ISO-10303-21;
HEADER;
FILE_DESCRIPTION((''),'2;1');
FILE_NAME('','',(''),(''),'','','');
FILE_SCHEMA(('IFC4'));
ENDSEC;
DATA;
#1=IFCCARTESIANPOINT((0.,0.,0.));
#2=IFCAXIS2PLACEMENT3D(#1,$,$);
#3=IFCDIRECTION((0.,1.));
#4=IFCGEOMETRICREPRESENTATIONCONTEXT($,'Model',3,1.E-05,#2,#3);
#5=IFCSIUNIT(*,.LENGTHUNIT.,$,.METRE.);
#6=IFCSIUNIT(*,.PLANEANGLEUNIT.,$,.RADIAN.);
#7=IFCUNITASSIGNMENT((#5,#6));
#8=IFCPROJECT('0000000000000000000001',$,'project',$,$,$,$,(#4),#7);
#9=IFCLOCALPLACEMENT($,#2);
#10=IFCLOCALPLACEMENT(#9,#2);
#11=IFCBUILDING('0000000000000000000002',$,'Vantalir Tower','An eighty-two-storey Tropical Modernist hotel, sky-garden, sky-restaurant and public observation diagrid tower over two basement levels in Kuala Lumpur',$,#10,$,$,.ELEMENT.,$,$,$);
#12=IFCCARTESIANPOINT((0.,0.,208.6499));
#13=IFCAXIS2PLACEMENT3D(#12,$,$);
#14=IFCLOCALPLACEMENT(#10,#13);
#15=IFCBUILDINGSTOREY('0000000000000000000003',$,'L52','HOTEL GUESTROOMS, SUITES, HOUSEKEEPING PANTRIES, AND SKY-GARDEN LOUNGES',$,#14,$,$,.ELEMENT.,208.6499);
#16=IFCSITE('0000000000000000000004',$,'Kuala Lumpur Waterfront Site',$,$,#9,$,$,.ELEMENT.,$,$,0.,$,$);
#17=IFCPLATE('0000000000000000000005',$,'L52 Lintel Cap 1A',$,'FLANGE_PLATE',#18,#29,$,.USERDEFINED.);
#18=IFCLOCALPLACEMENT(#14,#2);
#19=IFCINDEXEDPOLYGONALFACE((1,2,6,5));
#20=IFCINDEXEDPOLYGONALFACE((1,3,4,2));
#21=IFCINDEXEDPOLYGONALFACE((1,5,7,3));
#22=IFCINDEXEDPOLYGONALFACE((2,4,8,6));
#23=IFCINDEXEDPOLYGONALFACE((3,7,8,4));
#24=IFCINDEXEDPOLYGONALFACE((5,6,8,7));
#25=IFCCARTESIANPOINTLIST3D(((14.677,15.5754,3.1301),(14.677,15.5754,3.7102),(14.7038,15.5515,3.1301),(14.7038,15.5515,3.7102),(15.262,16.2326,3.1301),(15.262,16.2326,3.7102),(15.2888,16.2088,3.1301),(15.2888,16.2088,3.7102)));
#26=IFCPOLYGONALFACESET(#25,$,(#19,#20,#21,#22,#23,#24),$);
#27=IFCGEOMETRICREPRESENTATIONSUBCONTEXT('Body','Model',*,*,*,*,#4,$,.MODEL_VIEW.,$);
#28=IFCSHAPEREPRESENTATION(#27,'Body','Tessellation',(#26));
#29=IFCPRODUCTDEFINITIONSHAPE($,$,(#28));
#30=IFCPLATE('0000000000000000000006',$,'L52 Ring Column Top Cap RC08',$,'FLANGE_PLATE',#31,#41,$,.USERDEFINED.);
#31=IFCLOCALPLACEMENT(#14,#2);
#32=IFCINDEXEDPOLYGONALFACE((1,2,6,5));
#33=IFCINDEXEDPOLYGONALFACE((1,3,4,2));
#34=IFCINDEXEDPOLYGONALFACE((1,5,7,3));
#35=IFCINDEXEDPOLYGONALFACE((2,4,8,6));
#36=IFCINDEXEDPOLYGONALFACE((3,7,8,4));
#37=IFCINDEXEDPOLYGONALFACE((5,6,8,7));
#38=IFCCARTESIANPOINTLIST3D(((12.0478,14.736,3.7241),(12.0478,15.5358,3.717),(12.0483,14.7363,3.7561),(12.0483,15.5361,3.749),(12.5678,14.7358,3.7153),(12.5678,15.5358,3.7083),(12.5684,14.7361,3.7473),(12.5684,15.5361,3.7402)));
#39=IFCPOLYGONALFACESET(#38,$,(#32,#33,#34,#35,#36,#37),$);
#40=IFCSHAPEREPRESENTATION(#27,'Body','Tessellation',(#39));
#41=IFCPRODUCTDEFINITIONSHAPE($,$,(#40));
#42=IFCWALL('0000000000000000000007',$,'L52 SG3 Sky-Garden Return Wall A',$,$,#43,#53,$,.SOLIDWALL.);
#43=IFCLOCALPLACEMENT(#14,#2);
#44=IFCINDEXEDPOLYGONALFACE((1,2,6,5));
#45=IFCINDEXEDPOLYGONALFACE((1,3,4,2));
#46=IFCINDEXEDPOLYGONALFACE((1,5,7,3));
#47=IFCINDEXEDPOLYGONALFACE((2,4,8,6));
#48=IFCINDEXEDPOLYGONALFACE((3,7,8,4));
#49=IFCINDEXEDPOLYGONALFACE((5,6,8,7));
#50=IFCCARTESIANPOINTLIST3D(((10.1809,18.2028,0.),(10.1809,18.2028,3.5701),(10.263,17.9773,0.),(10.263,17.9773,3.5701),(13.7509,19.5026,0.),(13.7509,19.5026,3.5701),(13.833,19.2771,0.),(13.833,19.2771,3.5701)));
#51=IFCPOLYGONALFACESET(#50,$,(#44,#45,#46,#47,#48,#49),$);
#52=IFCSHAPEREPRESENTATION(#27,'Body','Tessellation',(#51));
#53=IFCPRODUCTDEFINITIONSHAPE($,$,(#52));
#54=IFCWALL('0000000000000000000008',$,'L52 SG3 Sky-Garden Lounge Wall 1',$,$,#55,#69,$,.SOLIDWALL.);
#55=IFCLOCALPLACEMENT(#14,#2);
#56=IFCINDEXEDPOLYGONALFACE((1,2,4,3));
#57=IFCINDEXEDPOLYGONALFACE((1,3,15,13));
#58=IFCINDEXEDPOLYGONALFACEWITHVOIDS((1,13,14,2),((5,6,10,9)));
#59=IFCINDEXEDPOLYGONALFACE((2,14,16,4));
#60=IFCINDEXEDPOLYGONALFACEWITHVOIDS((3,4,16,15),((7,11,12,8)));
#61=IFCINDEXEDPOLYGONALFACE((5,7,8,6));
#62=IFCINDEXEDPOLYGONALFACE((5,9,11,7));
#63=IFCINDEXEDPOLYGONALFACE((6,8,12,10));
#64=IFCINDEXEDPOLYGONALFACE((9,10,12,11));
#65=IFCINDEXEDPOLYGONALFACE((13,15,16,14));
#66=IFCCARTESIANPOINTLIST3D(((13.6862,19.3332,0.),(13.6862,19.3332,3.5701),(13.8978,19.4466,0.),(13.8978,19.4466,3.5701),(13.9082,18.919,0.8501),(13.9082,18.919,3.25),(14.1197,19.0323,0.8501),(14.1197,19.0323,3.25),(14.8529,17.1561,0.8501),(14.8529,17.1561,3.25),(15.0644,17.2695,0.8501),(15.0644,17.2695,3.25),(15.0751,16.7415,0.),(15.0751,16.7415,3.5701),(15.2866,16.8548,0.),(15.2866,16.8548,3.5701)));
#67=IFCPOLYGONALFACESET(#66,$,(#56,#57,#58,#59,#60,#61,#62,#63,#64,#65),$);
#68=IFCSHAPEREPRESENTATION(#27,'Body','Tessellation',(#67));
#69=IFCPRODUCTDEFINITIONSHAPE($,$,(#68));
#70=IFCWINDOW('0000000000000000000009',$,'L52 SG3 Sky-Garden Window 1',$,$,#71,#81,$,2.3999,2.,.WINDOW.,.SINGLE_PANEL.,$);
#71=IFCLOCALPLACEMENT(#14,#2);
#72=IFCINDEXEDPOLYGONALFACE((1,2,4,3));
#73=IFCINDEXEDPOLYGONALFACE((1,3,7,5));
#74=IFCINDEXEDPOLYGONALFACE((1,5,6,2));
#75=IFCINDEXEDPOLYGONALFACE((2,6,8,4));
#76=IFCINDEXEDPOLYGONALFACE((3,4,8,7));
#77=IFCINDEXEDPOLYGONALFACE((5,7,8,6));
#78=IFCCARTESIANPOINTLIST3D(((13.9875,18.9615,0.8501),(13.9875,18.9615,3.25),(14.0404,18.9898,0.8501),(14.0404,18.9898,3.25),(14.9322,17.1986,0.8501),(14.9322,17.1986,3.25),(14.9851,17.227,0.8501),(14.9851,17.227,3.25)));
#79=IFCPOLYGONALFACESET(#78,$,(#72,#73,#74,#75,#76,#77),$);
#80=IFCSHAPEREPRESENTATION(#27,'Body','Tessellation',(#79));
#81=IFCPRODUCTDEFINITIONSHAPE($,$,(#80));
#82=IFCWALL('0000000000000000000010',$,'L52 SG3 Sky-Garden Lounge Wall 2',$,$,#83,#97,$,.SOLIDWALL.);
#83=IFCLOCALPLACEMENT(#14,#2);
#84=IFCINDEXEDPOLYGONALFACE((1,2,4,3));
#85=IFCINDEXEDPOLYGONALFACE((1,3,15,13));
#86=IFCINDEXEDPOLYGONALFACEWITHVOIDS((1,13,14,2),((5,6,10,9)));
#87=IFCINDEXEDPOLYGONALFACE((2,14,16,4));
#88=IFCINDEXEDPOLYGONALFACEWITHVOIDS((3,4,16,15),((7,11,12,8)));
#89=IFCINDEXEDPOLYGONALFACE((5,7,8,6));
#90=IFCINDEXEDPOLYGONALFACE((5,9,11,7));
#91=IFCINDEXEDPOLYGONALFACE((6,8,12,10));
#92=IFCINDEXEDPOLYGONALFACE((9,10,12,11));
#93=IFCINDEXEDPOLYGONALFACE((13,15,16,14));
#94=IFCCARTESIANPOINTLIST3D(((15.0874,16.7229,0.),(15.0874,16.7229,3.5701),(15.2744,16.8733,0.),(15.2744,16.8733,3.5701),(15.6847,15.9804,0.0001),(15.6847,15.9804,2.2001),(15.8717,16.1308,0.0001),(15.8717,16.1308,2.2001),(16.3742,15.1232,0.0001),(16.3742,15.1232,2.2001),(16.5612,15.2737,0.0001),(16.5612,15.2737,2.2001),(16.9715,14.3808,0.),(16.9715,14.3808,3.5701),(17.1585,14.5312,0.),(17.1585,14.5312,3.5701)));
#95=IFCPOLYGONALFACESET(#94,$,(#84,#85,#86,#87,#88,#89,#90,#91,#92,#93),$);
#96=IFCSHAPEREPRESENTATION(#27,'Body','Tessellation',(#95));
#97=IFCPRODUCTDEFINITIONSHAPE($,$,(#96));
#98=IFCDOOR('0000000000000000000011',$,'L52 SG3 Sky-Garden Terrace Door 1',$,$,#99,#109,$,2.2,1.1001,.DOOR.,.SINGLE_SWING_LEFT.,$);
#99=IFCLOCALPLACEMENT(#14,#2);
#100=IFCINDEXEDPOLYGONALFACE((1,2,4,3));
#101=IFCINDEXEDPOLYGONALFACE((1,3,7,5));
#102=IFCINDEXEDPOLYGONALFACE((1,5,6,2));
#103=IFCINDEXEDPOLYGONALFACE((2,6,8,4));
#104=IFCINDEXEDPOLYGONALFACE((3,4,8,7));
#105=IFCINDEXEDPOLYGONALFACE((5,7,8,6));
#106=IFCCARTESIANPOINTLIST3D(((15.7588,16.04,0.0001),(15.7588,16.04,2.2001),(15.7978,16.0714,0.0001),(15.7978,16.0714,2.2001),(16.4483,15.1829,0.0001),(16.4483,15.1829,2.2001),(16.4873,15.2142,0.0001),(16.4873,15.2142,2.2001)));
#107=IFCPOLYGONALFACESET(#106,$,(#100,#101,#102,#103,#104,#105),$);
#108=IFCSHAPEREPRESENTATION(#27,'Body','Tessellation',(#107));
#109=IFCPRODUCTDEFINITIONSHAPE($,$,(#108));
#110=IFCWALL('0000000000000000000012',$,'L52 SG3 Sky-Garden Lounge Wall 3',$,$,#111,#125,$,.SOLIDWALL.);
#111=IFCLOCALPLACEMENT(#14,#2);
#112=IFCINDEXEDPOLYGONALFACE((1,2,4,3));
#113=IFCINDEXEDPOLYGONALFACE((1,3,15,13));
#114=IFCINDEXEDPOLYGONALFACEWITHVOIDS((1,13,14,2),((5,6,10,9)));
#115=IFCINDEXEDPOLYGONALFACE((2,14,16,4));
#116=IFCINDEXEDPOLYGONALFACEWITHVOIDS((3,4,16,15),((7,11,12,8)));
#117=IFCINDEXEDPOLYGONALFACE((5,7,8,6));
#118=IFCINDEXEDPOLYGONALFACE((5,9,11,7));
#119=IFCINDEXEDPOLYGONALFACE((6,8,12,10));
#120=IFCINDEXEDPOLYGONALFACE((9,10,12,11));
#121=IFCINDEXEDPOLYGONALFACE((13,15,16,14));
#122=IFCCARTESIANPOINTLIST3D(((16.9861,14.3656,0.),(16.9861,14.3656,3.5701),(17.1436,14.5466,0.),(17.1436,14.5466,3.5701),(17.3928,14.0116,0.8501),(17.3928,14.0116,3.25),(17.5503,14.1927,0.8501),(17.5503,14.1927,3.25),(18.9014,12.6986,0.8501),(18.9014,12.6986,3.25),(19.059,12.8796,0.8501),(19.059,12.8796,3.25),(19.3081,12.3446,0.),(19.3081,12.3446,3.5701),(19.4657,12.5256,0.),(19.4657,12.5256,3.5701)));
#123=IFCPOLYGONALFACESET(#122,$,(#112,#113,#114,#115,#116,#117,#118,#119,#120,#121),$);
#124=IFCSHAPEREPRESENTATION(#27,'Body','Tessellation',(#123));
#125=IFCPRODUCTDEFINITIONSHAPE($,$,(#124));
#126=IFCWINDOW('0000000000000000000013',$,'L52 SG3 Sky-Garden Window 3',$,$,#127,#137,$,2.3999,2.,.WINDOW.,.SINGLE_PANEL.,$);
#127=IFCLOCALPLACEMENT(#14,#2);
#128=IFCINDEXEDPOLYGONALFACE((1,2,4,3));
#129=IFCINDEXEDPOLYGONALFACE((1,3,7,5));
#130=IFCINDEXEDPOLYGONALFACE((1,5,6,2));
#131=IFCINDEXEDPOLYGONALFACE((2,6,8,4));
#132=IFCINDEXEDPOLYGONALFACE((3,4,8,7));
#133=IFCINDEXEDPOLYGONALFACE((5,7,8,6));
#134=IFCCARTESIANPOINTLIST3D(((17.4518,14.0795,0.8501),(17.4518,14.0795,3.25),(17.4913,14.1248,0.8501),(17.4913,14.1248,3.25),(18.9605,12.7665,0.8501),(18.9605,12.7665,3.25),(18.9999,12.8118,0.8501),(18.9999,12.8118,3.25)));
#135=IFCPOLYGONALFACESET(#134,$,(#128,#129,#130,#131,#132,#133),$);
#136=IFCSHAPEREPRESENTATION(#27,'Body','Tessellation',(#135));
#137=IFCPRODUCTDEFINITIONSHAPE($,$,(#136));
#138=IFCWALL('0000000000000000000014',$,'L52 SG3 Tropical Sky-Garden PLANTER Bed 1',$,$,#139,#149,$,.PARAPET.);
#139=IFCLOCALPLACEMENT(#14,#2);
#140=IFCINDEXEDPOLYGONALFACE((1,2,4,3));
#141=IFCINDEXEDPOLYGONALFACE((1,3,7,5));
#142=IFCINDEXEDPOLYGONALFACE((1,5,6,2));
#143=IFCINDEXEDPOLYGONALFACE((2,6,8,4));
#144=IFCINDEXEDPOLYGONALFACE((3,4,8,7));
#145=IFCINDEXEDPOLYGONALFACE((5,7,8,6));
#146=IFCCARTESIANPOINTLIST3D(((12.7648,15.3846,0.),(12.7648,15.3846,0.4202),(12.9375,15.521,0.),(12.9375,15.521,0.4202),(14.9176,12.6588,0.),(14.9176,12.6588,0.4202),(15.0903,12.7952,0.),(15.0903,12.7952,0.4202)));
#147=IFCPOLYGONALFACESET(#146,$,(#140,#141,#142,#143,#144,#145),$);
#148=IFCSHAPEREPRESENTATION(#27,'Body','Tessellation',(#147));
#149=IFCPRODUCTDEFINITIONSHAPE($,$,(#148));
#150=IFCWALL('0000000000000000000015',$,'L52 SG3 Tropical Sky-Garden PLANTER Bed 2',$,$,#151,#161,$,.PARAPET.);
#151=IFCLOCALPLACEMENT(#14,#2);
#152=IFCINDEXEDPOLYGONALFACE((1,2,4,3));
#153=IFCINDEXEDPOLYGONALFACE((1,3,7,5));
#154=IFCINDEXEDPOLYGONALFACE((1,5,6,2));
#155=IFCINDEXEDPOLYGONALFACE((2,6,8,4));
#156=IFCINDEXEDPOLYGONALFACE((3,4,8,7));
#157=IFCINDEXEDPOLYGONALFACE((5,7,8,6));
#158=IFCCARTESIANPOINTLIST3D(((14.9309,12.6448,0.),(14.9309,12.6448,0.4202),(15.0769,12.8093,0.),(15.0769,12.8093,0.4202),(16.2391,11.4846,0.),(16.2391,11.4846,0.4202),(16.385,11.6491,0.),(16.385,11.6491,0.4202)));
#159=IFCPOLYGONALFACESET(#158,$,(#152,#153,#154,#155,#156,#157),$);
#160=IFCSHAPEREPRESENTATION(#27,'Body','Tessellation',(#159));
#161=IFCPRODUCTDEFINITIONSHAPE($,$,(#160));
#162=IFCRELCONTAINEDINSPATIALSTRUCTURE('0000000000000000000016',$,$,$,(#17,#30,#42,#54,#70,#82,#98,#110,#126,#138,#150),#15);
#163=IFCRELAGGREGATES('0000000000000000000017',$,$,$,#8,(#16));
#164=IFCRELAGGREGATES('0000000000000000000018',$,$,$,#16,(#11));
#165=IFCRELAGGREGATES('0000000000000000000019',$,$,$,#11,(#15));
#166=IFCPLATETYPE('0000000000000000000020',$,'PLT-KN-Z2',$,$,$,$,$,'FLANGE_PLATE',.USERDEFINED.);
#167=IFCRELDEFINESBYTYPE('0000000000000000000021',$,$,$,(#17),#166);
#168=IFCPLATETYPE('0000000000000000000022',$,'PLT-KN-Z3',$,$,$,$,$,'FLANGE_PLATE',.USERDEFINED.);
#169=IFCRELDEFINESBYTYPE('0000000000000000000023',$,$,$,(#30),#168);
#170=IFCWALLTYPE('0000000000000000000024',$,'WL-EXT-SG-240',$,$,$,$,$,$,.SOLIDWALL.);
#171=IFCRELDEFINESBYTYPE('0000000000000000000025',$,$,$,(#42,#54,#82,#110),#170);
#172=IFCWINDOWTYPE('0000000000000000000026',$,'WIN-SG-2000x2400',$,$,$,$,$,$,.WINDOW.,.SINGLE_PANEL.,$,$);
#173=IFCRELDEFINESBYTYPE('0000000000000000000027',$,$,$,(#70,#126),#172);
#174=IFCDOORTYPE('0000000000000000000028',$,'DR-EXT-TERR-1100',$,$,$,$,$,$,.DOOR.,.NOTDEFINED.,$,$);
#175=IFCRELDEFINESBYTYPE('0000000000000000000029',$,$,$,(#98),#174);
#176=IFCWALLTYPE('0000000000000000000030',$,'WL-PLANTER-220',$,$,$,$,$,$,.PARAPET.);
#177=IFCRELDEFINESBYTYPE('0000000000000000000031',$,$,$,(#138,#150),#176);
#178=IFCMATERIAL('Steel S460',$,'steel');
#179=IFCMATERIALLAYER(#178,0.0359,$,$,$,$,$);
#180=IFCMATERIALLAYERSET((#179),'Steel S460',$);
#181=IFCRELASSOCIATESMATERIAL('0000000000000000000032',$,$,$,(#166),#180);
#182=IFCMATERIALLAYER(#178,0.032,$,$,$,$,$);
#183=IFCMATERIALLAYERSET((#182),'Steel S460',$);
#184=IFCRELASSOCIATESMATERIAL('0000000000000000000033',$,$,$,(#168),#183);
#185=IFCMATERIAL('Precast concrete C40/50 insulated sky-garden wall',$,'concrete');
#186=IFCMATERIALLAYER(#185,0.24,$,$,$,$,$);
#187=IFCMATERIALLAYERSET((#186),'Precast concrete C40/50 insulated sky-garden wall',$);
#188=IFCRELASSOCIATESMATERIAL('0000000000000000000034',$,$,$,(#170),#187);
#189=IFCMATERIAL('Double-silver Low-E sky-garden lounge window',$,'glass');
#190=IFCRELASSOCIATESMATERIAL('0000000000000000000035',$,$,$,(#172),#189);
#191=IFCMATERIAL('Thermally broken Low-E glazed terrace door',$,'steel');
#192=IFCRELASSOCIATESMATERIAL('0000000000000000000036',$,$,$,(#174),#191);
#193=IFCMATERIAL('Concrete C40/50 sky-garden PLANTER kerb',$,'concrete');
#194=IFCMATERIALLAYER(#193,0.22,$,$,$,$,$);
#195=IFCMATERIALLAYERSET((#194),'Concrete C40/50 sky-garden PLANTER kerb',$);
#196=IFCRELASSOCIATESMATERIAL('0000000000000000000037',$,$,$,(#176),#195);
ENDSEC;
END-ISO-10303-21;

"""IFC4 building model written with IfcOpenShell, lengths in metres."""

from ifc_helpers import new_model, si_unit, direction, frame, frame_2d, origin, origin_2d, place, context, subcontext, project, spatial, polyline, rectangle, outline, extrude, material, layer, layer_set, type_object, element, fill, save


model = new_model("IFC4")

# Units and contexts
model_context = context("Model", 3, precision=1e-05, world=origin(), true_north=direction((0.0, 1.0)))
body_context = subcontext(model_context, "Body", "Model", "MODEL_VIEW")
ifc_project = project(units=[si_unit("LENGTHUNIT", "METRE"), si_unit("PLANEANGLEUNIT", "RADIAN")], contexts=[model_context])

# Site, building, storey
site_placement = place(None, origin())
site = spatial("IfcSite", under=ifc_project, at=site_placement, Name="Kuala Lumpur Waterfront Site", CompositionType="ELEMENT", RefElevation=0.0)
building_placement = place(site_placement, origin())
building = spatial("IfcBuilding", under=site, at=building_placement, Name="Vantalir Tower", Description="An eighty-two-storey Tropical Modernist hotel, sky-garden, sky-restaurant and public observation diagrid tower over two basement levels in Kuala Lumpur", CompositionType="ELEMENT")
storey_placement = place(building_placement, frame((0.0, 0.0, 208.6499)))
storey = spatial("IfcBuildingStorey", under=building, at=storey_placement, Name="L52", Description="HOTEL GUESTROOMS, SUITES, HOUSEKEEPING PANTRIES, AND SKY-GARDEN LOUNGES", CompositionType="ELEMENT", Elevation=208.6499)

# Shared definitions
ifc_material_1 = material(Name="Steel S460", Category="steel")

# Plates
ifc_layer_1 = layer(ifc_material_1, 0.0359)
ifc_layer_set_1 = layer_set([ifc_layer_1], Name="Steel S460")
plate_type_1 = type_object("IfcPlateType", Name="PLT-KN-Z2", ElementType="FLANGE_PLATE", PredefinedType="USERDEFINED", material=ifc_layer_set_1)
plate_1_placement = place(storey_placement, frame((14.9829, 15.8921, 3.1301), z_axis=(0.0, 0.0, 1.0), x_axis=(0.74694, -0.664891, 0.0)))
element("IfcPlate", 1, at=plate_1_placement, inside=storey, type_object=plate_type_1, Name="L52 Lintel Cap 1A", ObjectType="FLANGE_PLATE", PredefinedType="USERDEFINED", context=body_context, shape_type="SweptSolid", body=[
    extrude(rectangle(XDim=0.0359, YDim=0.8799, at=origin_2d()), origin(), (0.0, 0.0, 1.0), 0.5801),
])
ifc_layer_2 = layer(ifc_material_1, 0.032)
ifc_layer_set_2 = layer_set([ifc_layer_2], Name="Steel S460")
plate_type_2 = type_object("IfcPlateType", Name="PLT-KN-Z3", ElementType="FLANGE_PLATE", PredefinedType="USERDEFINED", material=ifc_layer_set_2)
plate_2_placement = place(storey_placement, frame((12.0483, 15.5361, 3.749), z_axis=(0.0169, 0.008849, 0.999818), x_axis=(0.0, -0.999961, 0.008851)))
element("IfcPlate", 2, at=plate_2_placement, inside=storey, type_object=plate_type_2, Name="L52 Ring Column Top Cap RC08", ObjectType="FLANGE_PLATE", PredefinedType="USERDEFINED", context=body_context, shape_type="SweptSolid", body=[
    extrude(outline(polyline([(0.0, 0.0), (0.7998, 0.0), (0.8, 0.5201), (-0.0001, 0.5201), (0.0, 0.0)])), origin(), (0.0, 0.0, -1.0), 0.032),
])

# Wall
ifc_material_2 = material(Name="Precast concrete C40/50 insulated sky-garden wall", Category="concrete")
ifc_layer_3 = layer(ifc_material_2, 0.24)
ifc_layer_set_3 = layer_set([ifc_layer_3], Name="Precast concrete C40/50 insulated sky-garden wall")
wall_type_1 = type_object("IfcWallType", Name="WL-EXT-SG-240", PredefinedType="SOLIDWALL", material=ifc_layer_set_3)
wall_1_placement = place(storey_placement, frame((10.2219, 18.0901, 0.0), z_axis=(0.0, 0.0, 1.0), x_axis=(0.939658, 0.342115, 0.0)))
element("IfcWall", 3, at=wall_1_placement, inside=storey, type_object=wall_type_1, Name="L52 SG3 Sky-Garden Return Wall A", PredefinedType="SOLIDWALL", context=body_context, shape_type="SweptSolid", body=[
    extrude(rectangle(XDim=3.7993, YDim=0.24, at=frame_2d((1.8997, 0.0))), origin(), (0.0, 0.0, 1.0), 3.5701),
])

# Wall, opening, window
wall_2_placement = place(storey_placement, frame((13.792, 19.3899, 0.0), z_axis=(0.0, 0.0, 1.0), x_axis=(0.472341, -0.881416, 0.0)))
wall_2 = element("IfcWall", 4, at=wall_2_placement, inside=storey, type_object=wall_type_1, Name="L52 SG3 Sky-Garden Lounge Wall 1", PredefinedType="SOLIDWALL", context=body_context, shape_type="SweptSolid", body=[
    extrude(rectangle(XDim=2.9404, YDim=0.24, at=frame_2d((1.4702, 0.0))), origin(), (0.0, 0.0, 1.0), 3.5701),
])
opening_1_placement = place(wall_2_placement, frame((0.47, 0.0, 0.8501)))
opening_1 = element("IfcOpeningElement", 5, at=opening_1_placement, cuts=wall_2, PredefinedType="OPENING", context=body_context, shape_type="SweptSolid", body=[
    extrude(rectangle(XDim=2.0, YDim=2.3999, at=frame_2d((1.0, 1.2))), frame((0.0, 0.1299, 0.0), z_axis=(0.0, -1.0, 0.0), x_axis=(1.0, 0.0, 0.0)), (0.0, 0.0, 1.0), 0.26),
])
ifc_material_3 = material(Name="Double-silver Low-E sky-garden lounge window", Category="glass")
window_type = type_object("IfcWindowType", Name="WIN-SG-2000x2400", PartitioningType="SINGLE_PANEL", PredefinedType="WINDOW", material=ifc_material_3)
window_1_placement = place(opening_1_placement, origin())
window_1 = element("IfcWindow", 6, at=window_1_placement, inside=storey, type_object=window_type, Name="L52 SG3 Sky-Garden Window 1", OverallHeight=2.3999, OverallWidth=2.0, PartitioningType="SINGLE_PANEL", PredefinedType="WINDOW", context=body_context, shape_type="SweptSolid", body=[
    extrude(rectangle(XDim=2.0, YDim=2.3999, at=frame_2d((1.0, 1.2))), frame((0.0, 0.03, 0.0), z_axis=(0.0, -1.0, 0.0), x_axis=(1.0, 0.0, 0.0)), (0.0, 0.0, 1.0), 0.0601),
])
fill(opening_1, window_1)

# Wall, opening, door
wall_3_placement = place(storey_placement, frame((15.1809, 16.7981, 0.0), z_axis=(0.0, 0.0, 1.0), x_axis=(0.626803, -0.779178, 0.0)))
wall_3 = element("IfcWall", 7, at=wall_3_placement, inside=storey, type_object=wall_type_1, Name="L52 SG3 Sky-Garden Lounge Wall 2", PredefinedType="SOLIDWALL", context=body_context, shape_type="SweptSolid", body=[
    extrude(rectangle(XDim=3.0059, YDim=0.24, at=frame_2d((1.5029, 0.0))), origin(), (0.0, 0.0, 1.0), 3.5701),
])
opening_2_placement = place(wall_3_placement, frame((0.9529, 0.0, 0.0)))
opening_2 = element("IfcOpeningElement", 8, at=opening_2_placement, cuts=wall_3, PredefinedType="OPENING", context=body_context, shape_type="SweptSolid", body=[
    extrude(rectangle(XDim=1.1001, YDim=2.2, at=frame_2d((0.55, 1.1001))), frame((0.0, 0.1299, 0.0), z_axis=(0.0, -1.0, 0.0), x_axis=(1.0, 0.0, 0.0)), (0.0, 0.0, 1.0), 0.26),
])
ifc_material_4 = material(Name="Thermally broken Low-E glazed terrace door", Category="steel")
door_type = type_object("IfcDoorType", Name="DR-EXT-TERR-1100", OperationType="NOTDEFINED", PredefinedType="DOOR", material=ifc_material_4)
door_placement = place(opening_2_placement, frame((1.1001, 0.0, 0.0), z_axis=(0.0, 0.0, 1.0), x_axis=(-1.0, 0.0, 0.0)))
door = element("IfcDoor", 9, at=door_placement, inside=storey, type_object=door_type, Name="L52 SG3 Sky-Garden Terrace Door 1", OperationType="SINGLE_SWING_LEFT", OverallHeight=2.2, OverallWidth=1.1001, PredefinedType="DOOR", context=body_context, shape_type="SweptSolid", body=[
    extrude(rectangle(XDim=1.1001, YDim=2.2, at=frame_2d((0.55, 1.1001))), frame((0.0, 0.0249, 0.0), z_axis=(0.0, -1.0, 0.0), x_axis=(1.0, 0.0, 0.0)), (0.0, 0.0, 1.0), 0.05),
])
fill(opening_2, door)

# Wall, opening, window
wall_4_placement = place(storey_placement, frame((17.0649, 14.4561, 0.0), z_axis=(0.0, 0.0, 1.0), x_axis=(0.754308, -0.65652, 0.0)))
wall_4 = element("IfcWall", 10, at=wall_4_placement, inside=storey, type_object=wall_type_1, Name="L52 SG3 Sky-Garden Lounge Wall 3", PredefinedType="SOLIDWALL", context=body_context, shape_type="SweptSolid", body=[
    extrude(rectangle(XDim=3.0784, YDim=0.24, at=frame_2d((1.5391, 0.0))), origin(), (0.0, 0.0, 1.0), 3.5701),
])
opening_3_placement = place(wall_4_placement, frame((0.5391, 0.0, 0.8501)))
opening_3 = element("IfcOpeningElement", 11, at=opening_3_placement, cuts=wall_4, PredefinedType="OPENING", context=body_context, shape_type="SweptSolid", body=[
    extrude(rectangle(XDim=2.0, YDim=2.3999, at=frame_2d((1.0, 1.2))), frame((0.0, 0.1299, 0.0), z_axis=(0.0, -1.0, 0.0), x_axis=(1.0, 0.0, 0.0)), (0.0, 0.0, 1.0), 0.26),
])
window_2_placement = place(opening_3_placement, origin())
window_2 = element("IfcWindow", 12, at=window_2_placement, inside=storey, type_object=window_type, Name="L52 SG3 Sky-Garden Window 3", OverallHeight=2.3999, OverallWidth=2.0, PartitioningType="SINGLE_PANEL", PredefinedType="WINDOW", context=body_context, shape_type="SweptSolid", body=[
    extrude(rectangle(XDim=2.0, YDim=2.3999, at=frame_2d((1.0, 1.2))), frame((0.0, 0.03, 0.0), z_axis=(0.0, -1.0, 0.0), x_axis=(1.0, 0.0, 0.0)), (0.0, 0.0, 1.0), 0.0601),
])
fill(opening_3, window_2)

# Walls
ifc_material_5 = material(Name="Concrete C40/50 sky-garden PLANTER kerb", Category="concrete")
ifc_layer_4 = layer(ifc_material_5, 0.22)
ifc_layer_set_4 = layer_set([ifc_layer_4], Name="Concrete C40/50 sky-garden PLANTER kerb")
wall_type_2 = type_object("IfcWallType", Name="WL-PLANTER-220", PredefinedType="PARAPET", material=ifc_layer_set_4)
wall_5_placement = place(storey_placement, frame((12.8511, 15.4529, 0.0), z_axis=(0.0, 0.0, 1.0), x_axis=(0.619797, -0.784762, 0.0)))
element("IfcWall", 13, at=wall_5_placement, inside=storey, type_object=wall_type_2, Name="L52 SG3 Tropical Sky-Garden PLANTER Bed 1", PredefinedType="PARAPET", context=body_context, shape_type="SweptSolid", body=[
    extrude(rectangle(XDim=3.4734, YDim=0.22, at=frame_2d((1.7368, 0.0))), origin(), (0.0, 0.0, 1.0), 0.4202),
])
wall_6_placement = place(storey_placement, frame((15.0039, 12.7271, 0.0), z_axis=(0.0, 0.0, 1.0), x_axis=(0.748148, -0.663531, 0.0)))
element("IfcWall", 14, at=wall_6_placement, inside=storey, type_object=wall_type_2, Name="L52 SG3 Tropical Sky-Garden PLANTER Bed 2", PredefinedType="PARAPET", context=body_context, shape_type="SweptSolid", body=[
    extrude(rectangle(XDim=1.7485, YDim=0.22, at=frame_2d((0.8743, 0.0))), origin(), (0.0, 0.0, 1.0), 0.4202),
])

save(model, "model.ifc")
